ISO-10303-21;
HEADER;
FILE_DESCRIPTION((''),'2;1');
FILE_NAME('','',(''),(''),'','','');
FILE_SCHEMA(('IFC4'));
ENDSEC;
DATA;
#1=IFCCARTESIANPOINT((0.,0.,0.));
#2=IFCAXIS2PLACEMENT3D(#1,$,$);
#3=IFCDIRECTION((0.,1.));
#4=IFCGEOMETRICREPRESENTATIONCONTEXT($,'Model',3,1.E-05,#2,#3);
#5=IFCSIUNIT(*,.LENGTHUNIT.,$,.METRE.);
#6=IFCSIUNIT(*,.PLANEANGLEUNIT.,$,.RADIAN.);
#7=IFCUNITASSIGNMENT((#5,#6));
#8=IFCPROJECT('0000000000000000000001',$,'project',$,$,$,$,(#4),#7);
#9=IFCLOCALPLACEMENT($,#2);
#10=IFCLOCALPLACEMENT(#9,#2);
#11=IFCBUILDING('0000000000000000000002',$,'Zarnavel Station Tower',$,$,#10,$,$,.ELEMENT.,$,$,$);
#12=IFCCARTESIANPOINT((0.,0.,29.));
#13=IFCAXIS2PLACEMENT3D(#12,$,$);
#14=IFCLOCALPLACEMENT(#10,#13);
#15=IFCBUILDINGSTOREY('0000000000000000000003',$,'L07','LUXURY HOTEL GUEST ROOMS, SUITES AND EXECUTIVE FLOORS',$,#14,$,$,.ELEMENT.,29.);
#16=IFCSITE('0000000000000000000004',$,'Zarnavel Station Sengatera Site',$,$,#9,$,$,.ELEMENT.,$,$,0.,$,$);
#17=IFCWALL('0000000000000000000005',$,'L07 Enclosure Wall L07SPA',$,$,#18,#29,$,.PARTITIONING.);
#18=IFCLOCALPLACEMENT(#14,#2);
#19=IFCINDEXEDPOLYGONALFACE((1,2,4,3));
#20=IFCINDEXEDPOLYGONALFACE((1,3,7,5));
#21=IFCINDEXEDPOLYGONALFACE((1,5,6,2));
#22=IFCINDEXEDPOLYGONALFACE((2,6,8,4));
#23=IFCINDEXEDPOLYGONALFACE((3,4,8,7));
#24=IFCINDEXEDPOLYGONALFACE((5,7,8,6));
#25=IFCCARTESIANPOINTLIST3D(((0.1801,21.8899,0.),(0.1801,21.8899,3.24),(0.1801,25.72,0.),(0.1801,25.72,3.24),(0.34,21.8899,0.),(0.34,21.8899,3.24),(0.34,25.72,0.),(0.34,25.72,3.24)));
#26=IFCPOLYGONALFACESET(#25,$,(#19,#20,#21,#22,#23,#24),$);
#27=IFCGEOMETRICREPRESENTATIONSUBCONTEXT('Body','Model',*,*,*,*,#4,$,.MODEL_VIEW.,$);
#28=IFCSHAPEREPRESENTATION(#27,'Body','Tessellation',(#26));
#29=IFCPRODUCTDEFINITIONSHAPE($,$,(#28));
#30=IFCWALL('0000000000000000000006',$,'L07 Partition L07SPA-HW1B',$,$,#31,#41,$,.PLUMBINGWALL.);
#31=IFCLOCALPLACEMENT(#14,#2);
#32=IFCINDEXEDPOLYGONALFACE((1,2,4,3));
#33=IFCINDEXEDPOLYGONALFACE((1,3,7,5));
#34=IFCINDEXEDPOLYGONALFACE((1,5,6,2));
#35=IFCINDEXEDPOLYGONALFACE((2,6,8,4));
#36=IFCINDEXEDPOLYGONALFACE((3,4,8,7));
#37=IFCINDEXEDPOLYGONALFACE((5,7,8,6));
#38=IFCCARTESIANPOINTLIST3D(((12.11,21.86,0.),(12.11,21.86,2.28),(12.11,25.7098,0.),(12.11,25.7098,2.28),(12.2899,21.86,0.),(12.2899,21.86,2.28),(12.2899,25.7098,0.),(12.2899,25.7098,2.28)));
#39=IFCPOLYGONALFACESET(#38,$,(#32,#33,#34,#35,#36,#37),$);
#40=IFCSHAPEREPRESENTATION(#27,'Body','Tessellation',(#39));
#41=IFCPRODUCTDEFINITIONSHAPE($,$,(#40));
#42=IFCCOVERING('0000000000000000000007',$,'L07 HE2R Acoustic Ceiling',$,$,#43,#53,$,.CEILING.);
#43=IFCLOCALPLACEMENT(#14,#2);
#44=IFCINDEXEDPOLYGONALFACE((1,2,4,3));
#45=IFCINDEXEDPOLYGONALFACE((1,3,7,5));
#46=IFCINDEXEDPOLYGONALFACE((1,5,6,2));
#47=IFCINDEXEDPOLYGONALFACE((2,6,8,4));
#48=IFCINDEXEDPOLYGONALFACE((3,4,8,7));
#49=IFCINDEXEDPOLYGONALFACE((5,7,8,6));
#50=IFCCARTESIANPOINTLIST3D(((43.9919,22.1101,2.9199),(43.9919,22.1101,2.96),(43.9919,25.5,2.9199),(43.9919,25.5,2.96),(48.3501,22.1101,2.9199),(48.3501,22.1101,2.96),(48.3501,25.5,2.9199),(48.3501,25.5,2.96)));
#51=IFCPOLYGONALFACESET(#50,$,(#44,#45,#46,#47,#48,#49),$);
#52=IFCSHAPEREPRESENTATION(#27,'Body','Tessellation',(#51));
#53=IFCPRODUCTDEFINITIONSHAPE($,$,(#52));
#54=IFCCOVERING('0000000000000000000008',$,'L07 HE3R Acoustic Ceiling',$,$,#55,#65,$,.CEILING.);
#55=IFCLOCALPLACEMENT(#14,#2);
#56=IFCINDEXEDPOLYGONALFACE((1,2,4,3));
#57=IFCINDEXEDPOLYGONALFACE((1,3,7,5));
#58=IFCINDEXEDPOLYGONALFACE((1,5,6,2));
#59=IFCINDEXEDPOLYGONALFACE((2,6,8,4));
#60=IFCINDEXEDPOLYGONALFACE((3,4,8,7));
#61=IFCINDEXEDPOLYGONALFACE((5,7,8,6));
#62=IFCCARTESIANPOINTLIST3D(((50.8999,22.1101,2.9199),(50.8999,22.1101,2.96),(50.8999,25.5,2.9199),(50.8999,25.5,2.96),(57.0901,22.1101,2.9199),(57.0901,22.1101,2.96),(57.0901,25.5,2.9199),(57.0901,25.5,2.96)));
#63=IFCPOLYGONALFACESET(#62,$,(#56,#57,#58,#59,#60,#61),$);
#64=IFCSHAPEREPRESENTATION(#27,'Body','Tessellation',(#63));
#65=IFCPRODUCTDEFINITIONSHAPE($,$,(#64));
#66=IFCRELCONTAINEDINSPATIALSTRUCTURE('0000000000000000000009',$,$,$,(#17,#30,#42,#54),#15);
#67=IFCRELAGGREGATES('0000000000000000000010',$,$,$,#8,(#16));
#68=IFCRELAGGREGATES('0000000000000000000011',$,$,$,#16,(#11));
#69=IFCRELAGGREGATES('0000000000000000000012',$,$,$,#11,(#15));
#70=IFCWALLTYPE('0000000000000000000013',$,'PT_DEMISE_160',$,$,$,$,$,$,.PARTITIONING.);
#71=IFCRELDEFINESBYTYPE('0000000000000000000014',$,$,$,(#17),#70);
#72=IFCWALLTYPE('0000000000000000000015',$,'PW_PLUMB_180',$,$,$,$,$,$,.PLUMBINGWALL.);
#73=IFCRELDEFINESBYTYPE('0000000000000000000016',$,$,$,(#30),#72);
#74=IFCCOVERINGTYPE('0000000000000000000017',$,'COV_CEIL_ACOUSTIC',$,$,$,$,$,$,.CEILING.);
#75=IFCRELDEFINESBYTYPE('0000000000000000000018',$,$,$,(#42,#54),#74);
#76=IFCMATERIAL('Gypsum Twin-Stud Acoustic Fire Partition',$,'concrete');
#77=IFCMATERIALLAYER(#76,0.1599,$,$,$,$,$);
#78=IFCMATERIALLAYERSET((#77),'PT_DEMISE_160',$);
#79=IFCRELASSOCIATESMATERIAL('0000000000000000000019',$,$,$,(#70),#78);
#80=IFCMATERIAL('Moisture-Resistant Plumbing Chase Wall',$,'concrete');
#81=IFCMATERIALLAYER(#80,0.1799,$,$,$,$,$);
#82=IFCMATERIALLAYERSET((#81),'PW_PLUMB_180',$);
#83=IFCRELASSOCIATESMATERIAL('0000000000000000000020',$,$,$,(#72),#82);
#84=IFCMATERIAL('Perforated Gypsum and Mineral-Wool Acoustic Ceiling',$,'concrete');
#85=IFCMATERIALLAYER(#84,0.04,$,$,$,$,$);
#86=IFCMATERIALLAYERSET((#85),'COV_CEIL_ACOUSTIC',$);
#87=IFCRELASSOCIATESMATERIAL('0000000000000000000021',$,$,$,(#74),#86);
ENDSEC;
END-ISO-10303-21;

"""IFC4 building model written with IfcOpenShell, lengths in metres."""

from ifc_helpers import new_model, si_unit, direction, frame, frame_2d, origin, place, context, subcontext, project, spatial, polyline, rectangle, outline, extrude, material, layer, layer_set, type_object, element, save


model = new_model("IFC4")

# Units and contexts
model_context = context("Model", 3, precision=1e-05, world=origin(), true_north=direction((0.0, 1.0)))
body_context = subcontext(model_context, "Body", "Model", "MODEL_VIEW")
ifc_project = project(units=[si_unit("LENGTHUNIT", "METRE"), si_unit("PLANEANGLEUNIT", "RADIAN")], contexts=[model_context])

# Site, building, storey
site_placement = place(None, origin())
site = spatial("IfcSite", under=ifc_project, at=site_placement, Name="Zarnavel Station Sengatera Site", CompositionType="ELEMENT", RefElevation=0.0)
building_placement = place(site_placement, origin())
building = spatial("IfcBuilding", under=site, at=building_placement, Name="Zarnavel Station Tower", CompositionType="ELEMENT")
storey_placement = place(building_placement, frame((0.0, 0.0, 29.0)))
storey = spatial("IfcBuildingStorey", under=building, at=storey_placement, Name="L07", Description="LUXURY HOTEL GUEST ROOMS, SUITES AND EXECUTIVE FLOORS", CompositionType="ELEMENT", Elevation=29.0)

# Walls
ifc_material_1 = material(Name="Gypsum Twin-Stud Acoustic Fire Partition", Category="concrete")
ifc_layer_1 = layer(ifc_material_1, 0.1599)
ifc_layer_set_1 = layer_set([ifc_layer_1], Name="PT_DEMISE_160")
wall_type_1 = type_object("IfcWallType", Name="PT_DEMISE_160", PredefinedType="PARTITIONING", material=ifc_layer_set_1)
wall_1_placement = place(storey_placement, frame((0.26, 21.8899, 0.0), z_axis=(0.0, 0.0, 1.0), x_axis=(0.0, 1.0, 0.0)))
element("IfcWall", 1, at=wall_1_placement, inside=storey, type_object=wall_type_1, Name="L07 Enclosure Wall L07SPA", PredefinedType="PARTITIONING", context=body_context, shape_type="SweptSolid", body=[
    extrude(rectangle(XDim=3.8301, YDim=0.1599, at=frame_2d((1.915, 0.0))), origin(), (0.0, 0.0, 1.0), 3.24),
])
ifc_material_2 = material(Name="Moisture-Resistant Plumbing Chase Wall", Category="concrete")
ifc_layer_2 = layer(ifc_material_2, 0.1799)
ifc_layer_set_2 = layer_set([ifc_layer_2], Name="PW_PLUMB_180")
wall_type_2 = type_object("IfcWallType", Name="PW_PLUMB_180", PredefinedType="PLUMBINGWALL", material=ifc_layer_set_2)
wall_2_placement = place(storey_placement, frame((12.2, 21.8601, 0.0), z_axis=(0.0, 0.0, 1.0), x_axis=(0.0, 1.0, 0.0)))
element("IfcWall", 2, at=wall_2_placement, inside=storey, type_object=wall_type_2, Name="L07 Partition L07SPA-HW1B", PredefinedType="PLUMBINGWALL", context=body_context, shape_type="SweptSolid", body=[
    extrude(rectangle(XDim=3.8499, YDim=0.1799, at=frame_2d((1.9248, 0.0))), origin(), (0.0, 0.0, 1.0), 2.28),
])

# Coverings
ifc_material_3 = material(Name="Perforated Gypsum and Mineral-Wool Acoustic Ceiling", Category="concrete")
ifc_layer_3 = layer(ifc_material_3, 0.04)
ifc_layer_set_3 = layer_set([ifc_layer_3], Name="COV_CEIL_ACOUSTIC")
covering_type = type_object("IfcCoveringType", Name="COV_CEIL_ACOUSTIC", PredefinedType="CEILING", material=ifc_layer_set_3)
covering_1_placement = place(storey_placement, frame((0.0, 0.0, 2.9199)))
element("IfcCovering", 3, at=covering_1_placement, inside=storey, type_object=covering_type, Name="L07 HE2R Acoustic Ceiling", PredefinedType="CEILING", context=body_context, shape_type="SweptSolid", body=[
    extrude(outline(polyline([(43.9919, 22.1101), (48.3501, 22.1101), (48.3501, 25.5), (43.9919, 25.5), (43.9919, 22.1101)])), origin(), (0.0, 0.0, 1.0), 0.04),
])
covering_2_placement = place(storey_placement, frame((0.0, 0.0, 2.9199)))
element("IfcCovering", 4, at=covering_2_placement, inside=storey, type_object=covering_type, Name="L07 HE3R Acoustic Ceiling", PredefinedType="CEILING", context=body_context, shape_type="SweptSolid", body=[
    extrude(outline(polyline([(50.8999, 22.1101), (57.0901, 22.1101), (57.0901, 25.5), (50.8999, 25.5), (50.8999, 22.1101)])), origin(), (0.0, 0.0, 1.0), 0.04),
])

save(model, "model.ifc")
